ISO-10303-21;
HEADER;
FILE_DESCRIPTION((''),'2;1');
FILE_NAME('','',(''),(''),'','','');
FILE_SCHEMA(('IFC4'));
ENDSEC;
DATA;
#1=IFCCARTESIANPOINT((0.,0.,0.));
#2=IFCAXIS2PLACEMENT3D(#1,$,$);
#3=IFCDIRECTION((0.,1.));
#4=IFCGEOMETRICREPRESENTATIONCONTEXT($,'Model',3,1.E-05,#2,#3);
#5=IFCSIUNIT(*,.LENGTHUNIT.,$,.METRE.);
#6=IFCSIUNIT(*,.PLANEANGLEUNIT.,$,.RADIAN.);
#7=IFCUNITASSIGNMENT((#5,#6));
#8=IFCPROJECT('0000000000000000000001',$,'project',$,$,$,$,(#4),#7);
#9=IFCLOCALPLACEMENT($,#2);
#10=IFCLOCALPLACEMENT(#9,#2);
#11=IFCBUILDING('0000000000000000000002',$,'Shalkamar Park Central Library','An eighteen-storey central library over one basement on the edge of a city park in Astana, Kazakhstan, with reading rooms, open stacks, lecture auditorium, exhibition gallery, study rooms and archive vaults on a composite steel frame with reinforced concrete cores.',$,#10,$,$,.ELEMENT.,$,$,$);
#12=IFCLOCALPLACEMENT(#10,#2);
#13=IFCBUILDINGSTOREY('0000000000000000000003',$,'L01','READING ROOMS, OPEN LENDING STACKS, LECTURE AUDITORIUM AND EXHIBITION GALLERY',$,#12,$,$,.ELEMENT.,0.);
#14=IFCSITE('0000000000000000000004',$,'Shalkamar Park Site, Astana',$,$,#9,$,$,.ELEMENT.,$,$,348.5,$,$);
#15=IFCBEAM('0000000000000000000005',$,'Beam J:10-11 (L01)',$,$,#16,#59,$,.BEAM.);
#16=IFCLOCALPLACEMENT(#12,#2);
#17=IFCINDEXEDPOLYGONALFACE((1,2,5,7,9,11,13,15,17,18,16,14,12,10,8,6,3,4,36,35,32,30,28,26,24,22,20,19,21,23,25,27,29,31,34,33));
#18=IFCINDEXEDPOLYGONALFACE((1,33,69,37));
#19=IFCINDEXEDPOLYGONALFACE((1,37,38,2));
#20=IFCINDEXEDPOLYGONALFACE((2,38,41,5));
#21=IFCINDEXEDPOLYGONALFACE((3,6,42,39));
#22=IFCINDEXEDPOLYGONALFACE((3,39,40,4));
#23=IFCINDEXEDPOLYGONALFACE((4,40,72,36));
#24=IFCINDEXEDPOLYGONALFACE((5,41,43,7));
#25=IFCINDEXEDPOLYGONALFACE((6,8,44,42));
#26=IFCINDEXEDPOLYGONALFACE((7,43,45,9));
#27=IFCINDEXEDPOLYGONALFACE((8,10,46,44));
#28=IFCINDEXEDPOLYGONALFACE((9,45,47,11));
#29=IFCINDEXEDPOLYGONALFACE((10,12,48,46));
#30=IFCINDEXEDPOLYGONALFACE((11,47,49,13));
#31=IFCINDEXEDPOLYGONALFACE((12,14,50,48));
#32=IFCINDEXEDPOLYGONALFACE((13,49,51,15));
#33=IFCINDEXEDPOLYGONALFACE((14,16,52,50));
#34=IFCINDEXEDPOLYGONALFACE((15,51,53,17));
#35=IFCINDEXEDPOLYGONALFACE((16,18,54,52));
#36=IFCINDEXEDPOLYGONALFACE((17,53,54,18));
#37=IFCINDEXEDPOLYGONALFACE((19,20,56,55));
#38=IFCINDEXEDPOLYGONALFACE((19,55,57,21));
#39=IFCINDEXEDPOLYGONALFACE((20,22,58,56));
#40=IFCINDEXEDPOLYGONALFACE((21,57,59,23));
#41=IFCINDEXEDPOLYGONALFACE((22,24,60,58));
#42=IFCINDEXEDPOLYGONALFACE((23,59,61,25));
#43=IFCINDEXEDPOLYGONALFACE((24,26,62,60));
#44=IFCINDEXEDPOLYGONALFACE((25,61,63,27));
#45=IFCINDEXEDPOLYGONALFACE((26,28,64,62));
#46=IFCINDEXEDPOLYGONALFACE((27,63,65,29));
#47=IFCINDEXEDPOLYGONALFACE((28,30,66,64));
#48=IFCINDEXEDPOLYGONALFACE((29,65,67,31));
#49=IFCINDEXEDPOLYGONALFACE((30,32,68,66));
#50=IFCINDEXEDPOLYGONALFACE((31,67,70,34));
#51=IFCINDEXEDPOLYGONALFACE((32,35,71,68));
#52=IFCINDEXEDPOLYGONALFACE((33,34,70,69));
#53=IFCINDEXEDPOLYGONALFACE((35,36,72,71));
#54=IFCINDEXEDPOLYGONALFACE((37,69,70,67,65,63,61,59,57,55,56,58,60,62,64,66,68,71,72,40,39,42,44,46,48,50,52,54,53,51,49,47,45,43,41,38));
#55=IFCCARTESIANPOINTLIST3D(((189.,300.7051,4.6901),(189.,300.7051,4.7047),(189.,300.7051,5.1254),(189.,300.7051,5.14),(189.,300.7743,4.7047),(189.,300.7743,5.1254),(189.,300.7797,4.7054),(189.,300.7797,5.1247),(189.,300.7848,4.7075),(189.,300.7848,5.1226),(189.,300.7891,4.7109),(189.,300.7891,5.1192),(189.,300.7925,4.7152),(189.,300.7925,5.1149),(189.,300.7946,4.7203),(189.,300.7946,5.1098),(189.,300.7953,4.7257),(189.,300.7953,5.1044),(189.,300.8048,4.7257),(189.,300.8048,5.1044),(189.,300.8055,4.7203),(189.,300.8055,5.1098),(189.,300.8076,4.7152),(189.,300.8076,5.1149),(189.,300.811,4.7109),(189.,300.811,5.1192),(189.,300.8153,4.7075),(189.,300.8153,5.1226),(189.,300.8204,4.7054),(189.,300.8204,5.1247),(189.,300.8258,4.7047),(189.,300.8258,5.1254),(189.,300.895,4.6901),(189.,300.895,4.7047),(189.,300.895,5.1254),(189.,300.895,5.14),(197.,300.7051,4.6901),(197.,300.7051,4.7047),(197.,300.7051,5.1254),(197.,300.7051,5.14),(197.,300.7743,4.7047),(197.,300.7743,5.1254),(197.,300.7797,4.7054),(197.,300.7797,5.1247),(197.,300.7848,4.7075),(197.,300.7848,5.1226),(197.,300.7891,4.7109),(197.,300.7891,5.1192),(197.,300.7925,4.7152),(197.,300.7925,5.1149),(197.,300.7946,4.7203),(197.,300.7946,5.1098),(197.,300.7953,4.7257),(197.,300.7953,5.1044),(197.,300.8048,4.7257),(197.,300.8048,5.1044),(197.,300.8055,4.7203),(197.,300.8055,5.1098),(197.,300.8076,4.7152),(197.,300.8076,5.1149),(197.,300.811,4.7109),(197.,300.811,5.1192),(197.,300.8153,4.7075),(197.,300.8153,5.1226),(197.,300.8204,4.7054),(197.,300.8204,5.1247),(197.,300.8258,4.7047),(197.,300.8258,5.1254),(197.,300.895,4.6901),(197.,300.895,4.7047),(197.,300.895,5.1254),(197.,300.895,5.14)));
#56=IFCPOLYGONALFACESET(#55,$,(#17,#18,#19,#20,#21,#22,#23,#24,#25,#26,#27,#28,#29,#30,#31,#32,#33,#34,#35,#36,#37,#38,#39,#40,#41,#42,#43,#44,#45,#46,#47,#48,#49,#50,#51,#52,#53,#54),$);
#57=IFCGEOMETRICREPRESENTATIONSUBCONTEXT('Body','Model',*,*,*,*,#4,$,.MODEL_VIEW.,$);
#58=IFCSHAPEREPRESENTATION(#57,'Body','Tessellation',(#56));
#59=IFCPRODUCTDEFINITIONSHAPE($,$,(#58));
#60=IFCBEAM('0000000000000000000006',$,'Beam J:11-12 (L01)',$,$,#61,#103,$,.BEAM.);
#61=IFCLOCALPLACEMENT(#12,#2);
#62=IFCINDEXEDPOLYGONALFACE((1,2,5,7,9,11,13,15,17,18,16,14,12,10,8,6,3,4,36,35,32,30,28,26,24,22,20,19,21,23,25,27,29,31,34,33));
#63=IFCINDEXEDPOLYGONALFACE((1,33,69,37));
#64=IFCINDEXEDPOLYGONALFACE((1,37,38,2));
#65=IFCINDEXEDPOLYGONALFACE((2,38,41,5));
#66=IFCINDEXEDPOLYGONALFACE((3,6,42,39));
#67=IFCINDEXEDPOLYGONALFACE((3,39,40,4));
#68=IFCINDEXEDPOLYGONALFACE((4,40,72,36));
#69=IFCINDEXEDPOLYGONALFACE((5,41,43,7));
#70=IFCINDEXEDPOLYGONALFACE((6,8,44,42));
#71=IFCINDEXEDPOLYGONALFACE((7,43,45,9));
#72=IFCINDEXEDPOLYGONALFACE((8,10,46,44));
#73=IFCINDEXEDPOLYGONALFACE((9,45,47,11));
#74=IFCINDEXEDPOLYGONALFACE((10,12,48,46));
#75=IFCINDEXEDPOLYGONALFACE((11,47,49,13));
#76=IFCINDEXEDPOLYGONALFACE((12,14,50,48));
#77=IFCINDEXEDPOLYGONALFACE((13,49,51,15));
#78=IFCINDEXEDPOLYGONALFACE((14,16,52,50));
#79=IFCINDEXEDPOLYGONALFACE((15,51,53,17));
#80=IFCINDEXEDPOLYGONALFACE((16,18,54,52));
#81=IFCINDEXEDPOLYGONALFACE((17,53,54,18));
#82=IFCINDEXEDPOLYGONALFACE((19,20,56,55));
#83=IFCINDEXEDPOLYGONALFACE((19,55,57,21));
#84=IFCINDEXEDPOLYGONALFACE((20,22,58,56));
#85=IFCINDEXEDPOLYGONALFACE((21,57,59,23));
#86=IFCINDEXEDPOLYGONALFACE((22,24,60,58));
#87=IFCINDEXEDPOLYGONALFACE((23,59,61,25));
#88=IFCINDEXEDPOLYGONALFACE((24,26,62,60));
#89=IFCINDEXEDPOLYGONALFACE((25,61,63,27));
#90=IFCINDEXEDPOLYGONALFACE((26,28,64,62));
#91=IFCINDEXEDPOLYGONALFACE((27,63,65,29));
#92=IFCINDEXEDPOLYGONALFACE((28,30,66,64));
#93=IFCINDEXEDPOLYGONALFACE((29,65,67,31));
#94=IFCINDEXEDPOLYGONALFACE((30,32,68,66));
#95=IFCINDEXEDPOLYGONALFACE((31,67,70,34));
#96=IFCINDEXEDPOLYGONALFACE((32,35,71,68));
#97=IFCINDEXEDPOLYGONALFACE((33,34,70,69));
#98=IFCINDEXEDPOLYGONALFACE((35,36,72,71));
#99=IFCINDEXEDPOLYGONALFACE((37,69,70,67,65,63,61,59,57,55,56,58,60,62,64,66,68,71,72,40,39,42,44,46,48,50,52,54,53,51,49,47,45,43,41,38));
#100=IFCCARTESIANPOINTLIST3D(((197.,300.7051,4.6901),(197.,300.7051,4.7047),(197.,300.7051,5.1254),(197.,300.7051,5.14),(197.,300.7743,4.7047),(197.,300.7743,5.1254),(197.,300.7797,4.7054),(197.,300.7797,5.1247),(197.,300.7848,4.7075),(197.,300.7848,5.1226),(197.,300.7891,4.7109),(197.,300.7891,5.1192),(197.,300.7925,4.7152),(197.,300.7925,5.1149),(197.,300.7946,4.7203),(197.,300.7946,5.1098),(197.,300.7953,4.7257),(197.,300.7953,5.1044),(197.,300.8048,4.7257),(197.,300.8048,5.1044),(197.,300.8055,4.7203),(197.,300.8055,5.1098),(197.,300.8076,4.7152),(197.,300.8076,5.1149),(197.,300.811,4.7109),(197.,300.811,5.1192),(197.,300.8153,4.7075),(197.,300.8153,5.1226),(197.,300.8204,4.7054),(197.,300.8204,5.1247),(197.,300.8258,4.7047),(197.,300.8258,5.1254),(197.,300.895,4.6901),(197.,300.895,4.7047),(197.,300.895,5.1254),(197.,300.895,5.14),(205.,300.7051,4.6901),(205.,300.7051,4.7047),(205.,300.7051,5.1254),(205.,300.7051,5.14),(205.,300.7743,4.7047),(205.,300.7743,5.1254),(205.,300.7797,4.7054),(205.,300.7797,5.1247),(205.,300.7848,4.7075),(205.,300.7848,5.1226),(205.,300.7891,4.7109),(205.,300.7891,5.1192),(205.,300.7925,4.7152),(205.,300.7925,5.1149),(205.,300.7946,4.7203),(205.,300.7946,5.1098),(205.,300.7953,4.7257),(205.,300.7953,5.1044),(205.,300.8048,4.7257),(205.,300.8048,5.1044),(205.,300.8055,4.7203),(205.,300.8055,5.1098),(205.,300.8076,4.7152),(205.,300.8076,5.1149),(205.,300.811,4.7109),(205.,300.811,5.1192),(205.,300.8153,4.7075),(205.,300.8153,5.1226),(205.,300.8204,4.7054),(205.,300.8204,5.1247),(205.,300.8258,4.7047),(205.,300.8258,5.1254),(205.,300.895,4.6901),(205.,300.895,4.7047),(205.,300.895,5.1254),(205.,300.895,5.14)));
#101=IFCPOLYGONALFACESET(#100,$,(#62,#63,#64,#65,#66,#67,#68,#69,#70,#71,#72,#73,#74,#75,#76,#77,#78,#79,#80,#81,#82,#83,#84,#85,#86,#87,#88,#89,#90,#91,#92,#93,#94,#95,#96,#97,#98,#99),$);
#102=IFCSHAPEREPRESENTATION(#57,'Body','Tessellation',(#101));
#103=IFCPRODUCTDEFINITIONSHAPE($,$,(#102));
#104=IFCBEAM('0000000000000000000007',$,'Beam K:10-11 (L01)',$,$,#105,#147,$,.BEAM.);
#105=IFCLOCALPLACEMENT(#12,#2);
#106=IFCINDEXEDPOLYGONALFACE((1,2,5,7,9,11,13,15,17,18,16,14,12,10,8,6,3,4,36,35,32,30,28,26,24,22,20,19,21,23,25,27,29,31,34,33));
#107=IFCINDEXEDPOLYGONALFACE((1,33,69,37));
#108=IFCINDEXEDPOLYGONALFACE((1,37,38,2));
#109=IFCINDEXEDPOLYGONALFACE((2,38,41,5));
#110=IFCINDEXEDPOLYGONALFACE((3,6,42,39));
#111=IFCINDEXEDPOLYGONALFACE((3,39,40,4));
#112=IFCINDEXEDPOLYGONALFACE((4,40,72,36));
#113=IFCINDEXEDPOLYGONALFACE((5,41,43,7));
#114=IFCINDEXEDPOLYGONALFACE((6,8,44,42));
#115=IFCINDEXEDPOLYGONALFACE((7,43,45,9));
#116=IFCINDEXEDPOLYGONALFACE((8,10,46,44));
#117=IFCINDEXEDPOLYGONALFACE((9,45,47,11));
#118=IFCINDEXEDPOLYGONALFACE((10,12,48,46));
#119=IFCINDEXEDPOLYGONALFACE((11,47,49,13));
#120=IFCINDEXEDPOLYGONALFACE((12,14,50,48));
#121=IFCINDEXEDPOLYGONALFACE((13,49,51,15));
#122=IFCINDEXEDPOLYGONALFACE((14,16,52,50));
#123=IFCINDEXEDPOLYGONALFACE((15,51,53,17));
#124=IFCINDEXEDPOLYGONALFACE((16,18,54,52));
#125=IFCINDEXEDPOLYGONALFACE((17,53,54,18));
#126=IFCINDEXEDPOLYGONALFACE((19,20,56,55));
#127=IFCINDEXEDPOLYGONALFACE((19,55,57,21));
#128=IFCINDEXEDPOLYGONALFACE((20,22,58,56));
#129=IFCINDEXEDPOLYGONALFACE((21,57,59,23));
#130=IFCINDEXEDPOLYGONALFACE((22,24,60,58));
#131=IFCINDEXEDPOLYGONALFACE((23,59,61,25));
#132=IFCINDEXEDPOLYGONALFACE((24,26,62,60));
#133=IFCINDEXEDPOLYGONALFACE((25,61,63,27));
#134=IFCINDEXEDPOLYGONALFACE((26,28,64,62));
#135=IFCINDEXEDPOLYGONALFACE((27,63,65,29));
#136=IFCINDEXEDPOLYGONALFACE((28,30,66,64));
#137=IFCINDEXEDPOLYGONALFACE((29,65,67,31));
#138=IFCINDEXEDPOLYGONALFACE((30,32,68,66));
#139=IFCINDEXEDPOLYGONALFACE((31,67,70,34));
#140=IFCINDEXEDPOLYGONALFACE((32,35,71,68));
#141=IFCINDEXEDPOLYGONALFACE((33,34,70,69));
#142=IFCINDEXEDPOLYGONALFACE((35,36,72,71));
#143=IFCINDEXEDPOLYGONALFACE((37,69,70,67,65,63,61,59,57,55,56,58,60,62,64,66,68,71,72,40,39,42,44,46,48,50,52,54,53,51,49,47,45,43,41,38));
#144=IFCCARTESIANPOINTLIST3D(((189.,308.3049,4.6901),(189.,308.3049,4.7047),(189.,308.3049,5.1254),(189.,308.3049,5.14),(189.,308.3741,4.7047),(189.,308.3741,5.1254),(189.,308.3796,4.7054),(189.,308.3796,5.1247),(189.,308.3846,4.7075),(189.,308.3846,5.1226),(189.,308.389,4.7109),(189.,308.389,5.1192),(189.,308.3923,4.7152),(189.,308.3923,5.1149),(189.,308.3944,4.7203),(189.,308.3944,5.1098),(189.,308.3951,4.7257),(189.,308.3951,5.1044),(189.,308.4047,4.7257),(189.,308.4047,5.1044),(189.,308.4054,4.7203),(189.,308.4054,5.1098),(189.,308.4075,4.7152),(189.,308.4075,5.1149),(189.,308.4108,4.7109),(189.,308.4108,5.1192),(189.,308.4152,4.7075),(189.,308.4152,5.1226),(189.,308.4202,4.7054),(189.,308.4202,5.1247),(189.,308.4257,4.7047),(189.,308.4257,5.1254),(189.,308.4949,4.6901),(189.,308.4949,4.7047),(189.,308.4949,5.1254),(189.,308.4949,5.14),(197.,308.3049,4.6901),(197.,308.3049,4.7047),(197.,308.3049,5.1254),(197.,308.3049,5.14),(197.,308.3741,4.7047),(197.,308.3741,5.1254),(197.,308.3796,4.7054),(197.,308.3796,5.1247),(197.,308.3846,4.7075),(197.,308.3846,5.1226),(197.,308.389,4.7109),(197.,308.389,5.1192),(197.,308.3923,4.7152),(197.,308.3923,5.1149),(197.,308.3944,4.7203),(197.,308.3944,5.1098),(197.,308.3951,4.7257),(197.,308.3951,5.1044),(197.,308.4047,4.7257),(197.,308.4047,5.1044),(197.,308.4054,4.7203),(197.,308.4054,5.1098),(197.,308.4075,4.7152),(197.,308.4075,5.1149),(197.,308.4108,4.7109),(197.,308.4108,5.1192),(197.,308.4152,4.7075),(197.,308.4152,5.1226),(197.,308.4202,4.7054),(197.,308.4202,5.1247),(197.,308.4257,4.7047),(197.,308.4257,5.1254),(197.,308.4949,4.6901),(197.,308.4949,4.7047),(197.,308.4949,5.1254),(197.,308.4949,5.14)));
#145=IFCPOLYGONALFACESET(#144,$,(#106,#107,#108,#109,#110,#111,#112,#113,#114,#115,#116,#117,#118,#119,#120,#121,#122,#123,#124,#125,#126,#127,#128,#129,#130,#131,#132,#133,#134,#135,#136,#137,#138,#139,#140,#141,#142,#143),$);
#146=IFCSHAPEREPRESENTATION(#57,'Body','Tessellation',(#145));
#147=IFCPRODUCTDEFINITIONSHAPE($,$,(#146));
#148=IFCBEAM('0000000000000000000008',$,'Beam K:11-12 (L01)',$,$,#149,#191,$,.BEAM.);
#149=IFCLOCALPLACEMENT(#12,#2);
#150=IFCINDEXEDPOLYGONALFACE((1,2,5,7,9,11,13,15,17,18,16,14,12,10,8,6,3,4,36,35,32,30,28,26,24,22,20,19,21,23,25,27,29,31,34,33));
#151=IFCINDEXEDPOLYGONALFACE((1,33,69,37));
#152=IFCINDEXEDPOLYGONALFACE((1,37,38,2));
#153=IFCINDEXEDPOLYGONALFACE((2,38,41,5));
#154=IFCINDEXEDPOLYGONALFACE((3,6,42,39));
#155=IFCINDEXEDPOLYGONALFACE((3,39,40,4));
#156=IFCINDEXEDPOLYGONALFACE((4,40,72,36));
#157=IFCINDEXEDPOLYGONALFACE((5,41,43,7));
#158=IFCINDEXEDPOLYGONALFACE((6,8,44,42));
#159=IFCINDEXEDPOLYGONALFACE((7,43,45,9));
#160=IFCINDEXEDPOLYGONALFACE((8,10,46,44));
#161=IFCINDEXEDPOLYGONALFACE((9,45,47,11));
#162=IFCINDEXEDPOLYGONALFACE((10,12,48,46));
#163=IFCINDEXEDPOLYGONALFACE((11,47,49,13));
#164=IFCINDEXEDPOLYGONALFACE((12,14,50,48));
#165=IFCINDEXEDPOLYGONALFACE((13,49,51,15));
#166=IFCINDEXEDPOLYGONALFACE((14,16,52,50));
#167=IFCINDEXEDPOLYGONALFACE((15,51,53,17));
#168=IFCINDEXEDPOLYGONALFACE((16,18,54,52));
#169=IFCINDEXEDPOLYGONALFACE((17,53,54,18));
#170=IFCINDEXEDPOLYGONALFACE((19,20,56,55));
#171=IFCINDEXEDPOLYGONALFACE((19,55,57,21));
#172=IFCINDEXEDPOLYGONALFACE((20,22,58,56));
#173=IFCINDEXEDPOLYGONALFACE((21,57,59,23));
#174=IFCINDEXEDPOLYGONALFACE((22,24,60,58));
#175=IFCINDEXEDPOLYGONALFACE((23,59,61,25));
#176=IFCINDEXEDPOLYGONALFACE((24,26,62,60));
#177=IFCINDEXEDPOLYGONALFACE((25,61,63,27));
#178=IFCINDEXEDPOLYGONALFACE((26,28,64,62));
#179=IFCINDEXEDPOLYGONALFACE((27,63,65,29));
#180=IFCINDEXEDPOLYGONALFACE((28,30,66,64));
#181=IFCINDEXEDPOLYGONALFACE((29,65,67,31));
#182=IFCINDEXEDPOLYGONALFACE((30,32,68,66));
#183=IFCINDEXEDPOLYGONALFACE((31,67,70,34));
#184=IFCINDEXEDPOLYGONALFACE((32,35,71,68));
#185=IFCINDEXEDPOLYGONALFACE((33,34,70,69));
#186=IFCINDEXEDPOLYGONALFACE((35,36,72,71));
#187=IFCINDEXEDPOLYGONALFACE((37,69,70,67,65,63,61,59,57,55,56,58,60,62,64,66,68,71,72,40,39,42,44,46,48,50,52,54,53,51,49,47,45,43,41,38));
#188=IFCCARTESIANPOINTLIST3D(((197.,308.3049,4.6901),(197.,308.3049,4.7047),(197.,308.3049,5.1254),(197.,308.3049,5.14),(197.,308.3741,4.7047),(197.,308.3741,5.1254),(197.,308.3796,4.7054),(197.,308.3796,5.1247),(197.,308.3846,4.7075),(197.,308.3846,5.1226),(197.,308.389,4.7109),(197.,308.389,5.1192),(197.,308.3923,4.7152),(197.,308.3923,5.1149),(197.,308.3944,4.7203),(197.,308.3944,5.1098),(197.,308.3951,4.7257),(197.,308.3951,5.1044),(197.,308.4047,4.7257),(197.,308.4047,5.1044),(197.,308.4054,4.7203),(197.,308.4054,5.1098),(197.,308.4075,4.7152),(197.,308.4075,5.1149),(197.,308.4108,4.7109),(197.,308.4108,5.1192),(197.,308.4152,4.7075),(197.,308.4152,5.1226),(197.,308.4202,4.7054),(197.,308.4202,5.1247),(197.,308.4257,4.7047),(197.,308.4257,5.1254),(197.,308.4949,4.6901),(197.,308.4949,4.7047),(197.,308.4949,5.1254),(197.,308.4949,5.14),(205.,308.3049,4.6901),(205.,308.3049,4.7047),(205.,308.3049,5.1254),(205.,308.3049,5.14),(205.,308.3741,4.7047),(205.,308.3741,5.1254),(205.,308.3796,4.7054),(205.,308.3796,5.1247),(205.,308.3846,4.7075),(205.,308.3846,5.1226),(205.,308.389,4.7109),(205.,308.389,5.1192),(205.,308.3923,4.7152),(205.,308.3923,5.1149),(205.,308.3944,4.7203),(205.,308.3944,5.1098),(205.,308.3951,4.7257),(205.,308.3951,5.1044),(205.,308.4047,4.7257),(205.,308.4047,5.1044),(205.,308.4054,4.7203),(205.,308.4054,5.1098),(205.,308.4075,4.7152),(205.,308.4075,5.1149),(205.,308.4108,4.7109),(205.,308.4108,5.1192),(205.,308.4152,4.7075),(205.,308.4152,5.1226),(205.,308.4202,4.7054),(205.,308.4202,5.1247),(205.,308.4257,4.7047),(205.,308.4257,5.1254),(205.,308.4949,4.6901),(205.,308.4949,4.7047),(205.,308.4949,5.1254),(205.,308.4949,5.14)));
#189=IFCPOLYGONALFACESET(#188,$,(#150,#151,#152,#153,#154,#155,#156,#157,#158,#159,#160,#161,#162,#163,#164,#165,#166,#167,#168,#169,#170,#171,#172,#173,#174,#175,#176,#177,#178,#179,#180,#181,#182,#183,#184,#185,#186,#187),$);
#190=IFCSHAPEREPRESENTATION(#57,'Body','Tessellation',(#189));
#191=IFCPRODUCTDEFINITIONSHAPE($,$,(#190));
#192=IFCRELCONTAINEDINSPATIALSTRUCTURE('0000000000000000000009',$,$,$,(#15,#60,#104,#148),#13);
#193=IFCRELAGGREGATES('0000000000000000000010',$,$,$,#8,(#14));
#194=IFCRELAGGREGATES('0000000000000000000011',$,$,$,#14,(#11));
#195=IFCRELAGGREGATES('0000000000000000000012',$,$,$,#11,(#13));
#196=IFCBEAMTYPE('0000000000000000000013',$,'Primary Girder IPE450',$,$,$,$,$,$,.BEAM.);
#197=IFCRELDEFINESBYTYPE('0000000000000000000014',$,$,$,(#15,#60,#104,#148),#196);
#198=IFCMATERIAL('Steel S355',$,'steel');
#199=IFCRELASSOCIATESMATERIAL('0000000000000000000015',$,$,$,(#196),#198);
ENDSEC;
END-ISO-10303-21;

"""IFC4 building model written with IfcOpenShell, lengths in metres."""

from ifc_helpers import new_model, si_unit, direction, frame, origin, origin_2d, place, context, subcontext, project, spatial, i_section, extrude, material, material_profile, profile_set, type_object, element, save


model = new_model("IFC4")

# Units and contexts
model_context = context("Model", 3, precision=1e-05, world=origin(), true_north=direction((0.0, 1.0)))
body_context = subcontext(model_context, "Body", "Model", "MODEL_VIEW")
ifc_project = project(units=[si_unit("LENGTHUNIT", "METRE"), si_unit("PLANEANGLEUNIT", "RADIAN")], contexts=[model_context])

# Site, building, storey
site_placement = place(None, origin())
site = spatial("IfcSite", under=ifc_project, at=site_placement, Name="Shalkamar Park Site, Astana", CompositionType="ELEMENT", RefElevation=348.5)
building_placement = place(site_placement, origin())
building = spatial("IfcBuilding", under=site, at=building_placement, Name="Shalkamar Park Central Library", Description="An eighteen-storey central library over one basement on the edge of a city park in Astana, Kazakhstan, with reading rooms, open stacks, lecture auditorium, exhibition gallery, study rooms and archive vaults on a composite steel frame with reinforced concrete cores.", CompositionType="ELEMENT")
storey_placement = place(building_placement, origin())
storey = spatial("IfcBuildingStorey", under=building, at=storey_placement, Name="L01", Description="READING ROOMS, OPEN LENDING STACKS, LECTURE AUDITORIUM AND EXHIBITION GALLERY", CompositionType="ELEMENT", Elevation=0.0)

# Shared definitions
ifc_material_1 = material(Name="Steel S355", Category="steel")

# Beams
ifc_material_profile_1 = material_profile(ifc_material_1, i_section(OverallWidth=0.1899, OverallDepth=0.45, WebThickness=0.0095, FlangeThickness=0.0146, FilletRadius=0.021, at=origin_2d()), Name="IPE 450")
ifc_profile_set_1 = profile_set([ifc_material_profile_1], Name="Steel S355")
beam_type_1 = type_object("IfcBeamType", Name="Primary Girder IPE450", PredefinedType="BEAM", material=ifc_profile_set_1)
for number, where, z_axis, x_axis, name in (
    (1, (189.0, 300.8, 4.915), (1.0, 0.0, 0.0), (0.0, 1.0, 0.0), "Beam J:10-11 (L01)"),
    (2, (197.0, 300.8, 4.915), (1.0, 0.0, 0.0), (0.0, 1.0, 0.0), "Beam J:11-12 (L01)"),
    (3, (189.0, 308.3999, 4.915), (1.0, 0.0, 0.0), (0.0, 1.0, 0.0), "Beam K:10-11 (L01)"),
    (4, (197.0, 308.3999, 4.915), (1.0, 0.0, 0.0), (0.0, 1.0, 0.0), "Beam K:11-12 (L01)"),
):
    element("IfcBeam", number, at=place(storey_placement, frame(where, z_axis=z_axis, x_axis=x_axis)), inside=storey, type_object=beam_type_1, Name=name, PredefinedType="BEAM", context=body_context, shape_type="SweptSolid", body=[
        extrude(i_section(OverallWidth=0.1899, OverallDepth=0.45, WebThickness=0.0095, FlangeThickness=0.0146, FilletRadius=0.021, at=origin_2d()), origin(), (0.0, 0.0, 1.0), 8.0),
    ])

save(model, "model.ifc")
